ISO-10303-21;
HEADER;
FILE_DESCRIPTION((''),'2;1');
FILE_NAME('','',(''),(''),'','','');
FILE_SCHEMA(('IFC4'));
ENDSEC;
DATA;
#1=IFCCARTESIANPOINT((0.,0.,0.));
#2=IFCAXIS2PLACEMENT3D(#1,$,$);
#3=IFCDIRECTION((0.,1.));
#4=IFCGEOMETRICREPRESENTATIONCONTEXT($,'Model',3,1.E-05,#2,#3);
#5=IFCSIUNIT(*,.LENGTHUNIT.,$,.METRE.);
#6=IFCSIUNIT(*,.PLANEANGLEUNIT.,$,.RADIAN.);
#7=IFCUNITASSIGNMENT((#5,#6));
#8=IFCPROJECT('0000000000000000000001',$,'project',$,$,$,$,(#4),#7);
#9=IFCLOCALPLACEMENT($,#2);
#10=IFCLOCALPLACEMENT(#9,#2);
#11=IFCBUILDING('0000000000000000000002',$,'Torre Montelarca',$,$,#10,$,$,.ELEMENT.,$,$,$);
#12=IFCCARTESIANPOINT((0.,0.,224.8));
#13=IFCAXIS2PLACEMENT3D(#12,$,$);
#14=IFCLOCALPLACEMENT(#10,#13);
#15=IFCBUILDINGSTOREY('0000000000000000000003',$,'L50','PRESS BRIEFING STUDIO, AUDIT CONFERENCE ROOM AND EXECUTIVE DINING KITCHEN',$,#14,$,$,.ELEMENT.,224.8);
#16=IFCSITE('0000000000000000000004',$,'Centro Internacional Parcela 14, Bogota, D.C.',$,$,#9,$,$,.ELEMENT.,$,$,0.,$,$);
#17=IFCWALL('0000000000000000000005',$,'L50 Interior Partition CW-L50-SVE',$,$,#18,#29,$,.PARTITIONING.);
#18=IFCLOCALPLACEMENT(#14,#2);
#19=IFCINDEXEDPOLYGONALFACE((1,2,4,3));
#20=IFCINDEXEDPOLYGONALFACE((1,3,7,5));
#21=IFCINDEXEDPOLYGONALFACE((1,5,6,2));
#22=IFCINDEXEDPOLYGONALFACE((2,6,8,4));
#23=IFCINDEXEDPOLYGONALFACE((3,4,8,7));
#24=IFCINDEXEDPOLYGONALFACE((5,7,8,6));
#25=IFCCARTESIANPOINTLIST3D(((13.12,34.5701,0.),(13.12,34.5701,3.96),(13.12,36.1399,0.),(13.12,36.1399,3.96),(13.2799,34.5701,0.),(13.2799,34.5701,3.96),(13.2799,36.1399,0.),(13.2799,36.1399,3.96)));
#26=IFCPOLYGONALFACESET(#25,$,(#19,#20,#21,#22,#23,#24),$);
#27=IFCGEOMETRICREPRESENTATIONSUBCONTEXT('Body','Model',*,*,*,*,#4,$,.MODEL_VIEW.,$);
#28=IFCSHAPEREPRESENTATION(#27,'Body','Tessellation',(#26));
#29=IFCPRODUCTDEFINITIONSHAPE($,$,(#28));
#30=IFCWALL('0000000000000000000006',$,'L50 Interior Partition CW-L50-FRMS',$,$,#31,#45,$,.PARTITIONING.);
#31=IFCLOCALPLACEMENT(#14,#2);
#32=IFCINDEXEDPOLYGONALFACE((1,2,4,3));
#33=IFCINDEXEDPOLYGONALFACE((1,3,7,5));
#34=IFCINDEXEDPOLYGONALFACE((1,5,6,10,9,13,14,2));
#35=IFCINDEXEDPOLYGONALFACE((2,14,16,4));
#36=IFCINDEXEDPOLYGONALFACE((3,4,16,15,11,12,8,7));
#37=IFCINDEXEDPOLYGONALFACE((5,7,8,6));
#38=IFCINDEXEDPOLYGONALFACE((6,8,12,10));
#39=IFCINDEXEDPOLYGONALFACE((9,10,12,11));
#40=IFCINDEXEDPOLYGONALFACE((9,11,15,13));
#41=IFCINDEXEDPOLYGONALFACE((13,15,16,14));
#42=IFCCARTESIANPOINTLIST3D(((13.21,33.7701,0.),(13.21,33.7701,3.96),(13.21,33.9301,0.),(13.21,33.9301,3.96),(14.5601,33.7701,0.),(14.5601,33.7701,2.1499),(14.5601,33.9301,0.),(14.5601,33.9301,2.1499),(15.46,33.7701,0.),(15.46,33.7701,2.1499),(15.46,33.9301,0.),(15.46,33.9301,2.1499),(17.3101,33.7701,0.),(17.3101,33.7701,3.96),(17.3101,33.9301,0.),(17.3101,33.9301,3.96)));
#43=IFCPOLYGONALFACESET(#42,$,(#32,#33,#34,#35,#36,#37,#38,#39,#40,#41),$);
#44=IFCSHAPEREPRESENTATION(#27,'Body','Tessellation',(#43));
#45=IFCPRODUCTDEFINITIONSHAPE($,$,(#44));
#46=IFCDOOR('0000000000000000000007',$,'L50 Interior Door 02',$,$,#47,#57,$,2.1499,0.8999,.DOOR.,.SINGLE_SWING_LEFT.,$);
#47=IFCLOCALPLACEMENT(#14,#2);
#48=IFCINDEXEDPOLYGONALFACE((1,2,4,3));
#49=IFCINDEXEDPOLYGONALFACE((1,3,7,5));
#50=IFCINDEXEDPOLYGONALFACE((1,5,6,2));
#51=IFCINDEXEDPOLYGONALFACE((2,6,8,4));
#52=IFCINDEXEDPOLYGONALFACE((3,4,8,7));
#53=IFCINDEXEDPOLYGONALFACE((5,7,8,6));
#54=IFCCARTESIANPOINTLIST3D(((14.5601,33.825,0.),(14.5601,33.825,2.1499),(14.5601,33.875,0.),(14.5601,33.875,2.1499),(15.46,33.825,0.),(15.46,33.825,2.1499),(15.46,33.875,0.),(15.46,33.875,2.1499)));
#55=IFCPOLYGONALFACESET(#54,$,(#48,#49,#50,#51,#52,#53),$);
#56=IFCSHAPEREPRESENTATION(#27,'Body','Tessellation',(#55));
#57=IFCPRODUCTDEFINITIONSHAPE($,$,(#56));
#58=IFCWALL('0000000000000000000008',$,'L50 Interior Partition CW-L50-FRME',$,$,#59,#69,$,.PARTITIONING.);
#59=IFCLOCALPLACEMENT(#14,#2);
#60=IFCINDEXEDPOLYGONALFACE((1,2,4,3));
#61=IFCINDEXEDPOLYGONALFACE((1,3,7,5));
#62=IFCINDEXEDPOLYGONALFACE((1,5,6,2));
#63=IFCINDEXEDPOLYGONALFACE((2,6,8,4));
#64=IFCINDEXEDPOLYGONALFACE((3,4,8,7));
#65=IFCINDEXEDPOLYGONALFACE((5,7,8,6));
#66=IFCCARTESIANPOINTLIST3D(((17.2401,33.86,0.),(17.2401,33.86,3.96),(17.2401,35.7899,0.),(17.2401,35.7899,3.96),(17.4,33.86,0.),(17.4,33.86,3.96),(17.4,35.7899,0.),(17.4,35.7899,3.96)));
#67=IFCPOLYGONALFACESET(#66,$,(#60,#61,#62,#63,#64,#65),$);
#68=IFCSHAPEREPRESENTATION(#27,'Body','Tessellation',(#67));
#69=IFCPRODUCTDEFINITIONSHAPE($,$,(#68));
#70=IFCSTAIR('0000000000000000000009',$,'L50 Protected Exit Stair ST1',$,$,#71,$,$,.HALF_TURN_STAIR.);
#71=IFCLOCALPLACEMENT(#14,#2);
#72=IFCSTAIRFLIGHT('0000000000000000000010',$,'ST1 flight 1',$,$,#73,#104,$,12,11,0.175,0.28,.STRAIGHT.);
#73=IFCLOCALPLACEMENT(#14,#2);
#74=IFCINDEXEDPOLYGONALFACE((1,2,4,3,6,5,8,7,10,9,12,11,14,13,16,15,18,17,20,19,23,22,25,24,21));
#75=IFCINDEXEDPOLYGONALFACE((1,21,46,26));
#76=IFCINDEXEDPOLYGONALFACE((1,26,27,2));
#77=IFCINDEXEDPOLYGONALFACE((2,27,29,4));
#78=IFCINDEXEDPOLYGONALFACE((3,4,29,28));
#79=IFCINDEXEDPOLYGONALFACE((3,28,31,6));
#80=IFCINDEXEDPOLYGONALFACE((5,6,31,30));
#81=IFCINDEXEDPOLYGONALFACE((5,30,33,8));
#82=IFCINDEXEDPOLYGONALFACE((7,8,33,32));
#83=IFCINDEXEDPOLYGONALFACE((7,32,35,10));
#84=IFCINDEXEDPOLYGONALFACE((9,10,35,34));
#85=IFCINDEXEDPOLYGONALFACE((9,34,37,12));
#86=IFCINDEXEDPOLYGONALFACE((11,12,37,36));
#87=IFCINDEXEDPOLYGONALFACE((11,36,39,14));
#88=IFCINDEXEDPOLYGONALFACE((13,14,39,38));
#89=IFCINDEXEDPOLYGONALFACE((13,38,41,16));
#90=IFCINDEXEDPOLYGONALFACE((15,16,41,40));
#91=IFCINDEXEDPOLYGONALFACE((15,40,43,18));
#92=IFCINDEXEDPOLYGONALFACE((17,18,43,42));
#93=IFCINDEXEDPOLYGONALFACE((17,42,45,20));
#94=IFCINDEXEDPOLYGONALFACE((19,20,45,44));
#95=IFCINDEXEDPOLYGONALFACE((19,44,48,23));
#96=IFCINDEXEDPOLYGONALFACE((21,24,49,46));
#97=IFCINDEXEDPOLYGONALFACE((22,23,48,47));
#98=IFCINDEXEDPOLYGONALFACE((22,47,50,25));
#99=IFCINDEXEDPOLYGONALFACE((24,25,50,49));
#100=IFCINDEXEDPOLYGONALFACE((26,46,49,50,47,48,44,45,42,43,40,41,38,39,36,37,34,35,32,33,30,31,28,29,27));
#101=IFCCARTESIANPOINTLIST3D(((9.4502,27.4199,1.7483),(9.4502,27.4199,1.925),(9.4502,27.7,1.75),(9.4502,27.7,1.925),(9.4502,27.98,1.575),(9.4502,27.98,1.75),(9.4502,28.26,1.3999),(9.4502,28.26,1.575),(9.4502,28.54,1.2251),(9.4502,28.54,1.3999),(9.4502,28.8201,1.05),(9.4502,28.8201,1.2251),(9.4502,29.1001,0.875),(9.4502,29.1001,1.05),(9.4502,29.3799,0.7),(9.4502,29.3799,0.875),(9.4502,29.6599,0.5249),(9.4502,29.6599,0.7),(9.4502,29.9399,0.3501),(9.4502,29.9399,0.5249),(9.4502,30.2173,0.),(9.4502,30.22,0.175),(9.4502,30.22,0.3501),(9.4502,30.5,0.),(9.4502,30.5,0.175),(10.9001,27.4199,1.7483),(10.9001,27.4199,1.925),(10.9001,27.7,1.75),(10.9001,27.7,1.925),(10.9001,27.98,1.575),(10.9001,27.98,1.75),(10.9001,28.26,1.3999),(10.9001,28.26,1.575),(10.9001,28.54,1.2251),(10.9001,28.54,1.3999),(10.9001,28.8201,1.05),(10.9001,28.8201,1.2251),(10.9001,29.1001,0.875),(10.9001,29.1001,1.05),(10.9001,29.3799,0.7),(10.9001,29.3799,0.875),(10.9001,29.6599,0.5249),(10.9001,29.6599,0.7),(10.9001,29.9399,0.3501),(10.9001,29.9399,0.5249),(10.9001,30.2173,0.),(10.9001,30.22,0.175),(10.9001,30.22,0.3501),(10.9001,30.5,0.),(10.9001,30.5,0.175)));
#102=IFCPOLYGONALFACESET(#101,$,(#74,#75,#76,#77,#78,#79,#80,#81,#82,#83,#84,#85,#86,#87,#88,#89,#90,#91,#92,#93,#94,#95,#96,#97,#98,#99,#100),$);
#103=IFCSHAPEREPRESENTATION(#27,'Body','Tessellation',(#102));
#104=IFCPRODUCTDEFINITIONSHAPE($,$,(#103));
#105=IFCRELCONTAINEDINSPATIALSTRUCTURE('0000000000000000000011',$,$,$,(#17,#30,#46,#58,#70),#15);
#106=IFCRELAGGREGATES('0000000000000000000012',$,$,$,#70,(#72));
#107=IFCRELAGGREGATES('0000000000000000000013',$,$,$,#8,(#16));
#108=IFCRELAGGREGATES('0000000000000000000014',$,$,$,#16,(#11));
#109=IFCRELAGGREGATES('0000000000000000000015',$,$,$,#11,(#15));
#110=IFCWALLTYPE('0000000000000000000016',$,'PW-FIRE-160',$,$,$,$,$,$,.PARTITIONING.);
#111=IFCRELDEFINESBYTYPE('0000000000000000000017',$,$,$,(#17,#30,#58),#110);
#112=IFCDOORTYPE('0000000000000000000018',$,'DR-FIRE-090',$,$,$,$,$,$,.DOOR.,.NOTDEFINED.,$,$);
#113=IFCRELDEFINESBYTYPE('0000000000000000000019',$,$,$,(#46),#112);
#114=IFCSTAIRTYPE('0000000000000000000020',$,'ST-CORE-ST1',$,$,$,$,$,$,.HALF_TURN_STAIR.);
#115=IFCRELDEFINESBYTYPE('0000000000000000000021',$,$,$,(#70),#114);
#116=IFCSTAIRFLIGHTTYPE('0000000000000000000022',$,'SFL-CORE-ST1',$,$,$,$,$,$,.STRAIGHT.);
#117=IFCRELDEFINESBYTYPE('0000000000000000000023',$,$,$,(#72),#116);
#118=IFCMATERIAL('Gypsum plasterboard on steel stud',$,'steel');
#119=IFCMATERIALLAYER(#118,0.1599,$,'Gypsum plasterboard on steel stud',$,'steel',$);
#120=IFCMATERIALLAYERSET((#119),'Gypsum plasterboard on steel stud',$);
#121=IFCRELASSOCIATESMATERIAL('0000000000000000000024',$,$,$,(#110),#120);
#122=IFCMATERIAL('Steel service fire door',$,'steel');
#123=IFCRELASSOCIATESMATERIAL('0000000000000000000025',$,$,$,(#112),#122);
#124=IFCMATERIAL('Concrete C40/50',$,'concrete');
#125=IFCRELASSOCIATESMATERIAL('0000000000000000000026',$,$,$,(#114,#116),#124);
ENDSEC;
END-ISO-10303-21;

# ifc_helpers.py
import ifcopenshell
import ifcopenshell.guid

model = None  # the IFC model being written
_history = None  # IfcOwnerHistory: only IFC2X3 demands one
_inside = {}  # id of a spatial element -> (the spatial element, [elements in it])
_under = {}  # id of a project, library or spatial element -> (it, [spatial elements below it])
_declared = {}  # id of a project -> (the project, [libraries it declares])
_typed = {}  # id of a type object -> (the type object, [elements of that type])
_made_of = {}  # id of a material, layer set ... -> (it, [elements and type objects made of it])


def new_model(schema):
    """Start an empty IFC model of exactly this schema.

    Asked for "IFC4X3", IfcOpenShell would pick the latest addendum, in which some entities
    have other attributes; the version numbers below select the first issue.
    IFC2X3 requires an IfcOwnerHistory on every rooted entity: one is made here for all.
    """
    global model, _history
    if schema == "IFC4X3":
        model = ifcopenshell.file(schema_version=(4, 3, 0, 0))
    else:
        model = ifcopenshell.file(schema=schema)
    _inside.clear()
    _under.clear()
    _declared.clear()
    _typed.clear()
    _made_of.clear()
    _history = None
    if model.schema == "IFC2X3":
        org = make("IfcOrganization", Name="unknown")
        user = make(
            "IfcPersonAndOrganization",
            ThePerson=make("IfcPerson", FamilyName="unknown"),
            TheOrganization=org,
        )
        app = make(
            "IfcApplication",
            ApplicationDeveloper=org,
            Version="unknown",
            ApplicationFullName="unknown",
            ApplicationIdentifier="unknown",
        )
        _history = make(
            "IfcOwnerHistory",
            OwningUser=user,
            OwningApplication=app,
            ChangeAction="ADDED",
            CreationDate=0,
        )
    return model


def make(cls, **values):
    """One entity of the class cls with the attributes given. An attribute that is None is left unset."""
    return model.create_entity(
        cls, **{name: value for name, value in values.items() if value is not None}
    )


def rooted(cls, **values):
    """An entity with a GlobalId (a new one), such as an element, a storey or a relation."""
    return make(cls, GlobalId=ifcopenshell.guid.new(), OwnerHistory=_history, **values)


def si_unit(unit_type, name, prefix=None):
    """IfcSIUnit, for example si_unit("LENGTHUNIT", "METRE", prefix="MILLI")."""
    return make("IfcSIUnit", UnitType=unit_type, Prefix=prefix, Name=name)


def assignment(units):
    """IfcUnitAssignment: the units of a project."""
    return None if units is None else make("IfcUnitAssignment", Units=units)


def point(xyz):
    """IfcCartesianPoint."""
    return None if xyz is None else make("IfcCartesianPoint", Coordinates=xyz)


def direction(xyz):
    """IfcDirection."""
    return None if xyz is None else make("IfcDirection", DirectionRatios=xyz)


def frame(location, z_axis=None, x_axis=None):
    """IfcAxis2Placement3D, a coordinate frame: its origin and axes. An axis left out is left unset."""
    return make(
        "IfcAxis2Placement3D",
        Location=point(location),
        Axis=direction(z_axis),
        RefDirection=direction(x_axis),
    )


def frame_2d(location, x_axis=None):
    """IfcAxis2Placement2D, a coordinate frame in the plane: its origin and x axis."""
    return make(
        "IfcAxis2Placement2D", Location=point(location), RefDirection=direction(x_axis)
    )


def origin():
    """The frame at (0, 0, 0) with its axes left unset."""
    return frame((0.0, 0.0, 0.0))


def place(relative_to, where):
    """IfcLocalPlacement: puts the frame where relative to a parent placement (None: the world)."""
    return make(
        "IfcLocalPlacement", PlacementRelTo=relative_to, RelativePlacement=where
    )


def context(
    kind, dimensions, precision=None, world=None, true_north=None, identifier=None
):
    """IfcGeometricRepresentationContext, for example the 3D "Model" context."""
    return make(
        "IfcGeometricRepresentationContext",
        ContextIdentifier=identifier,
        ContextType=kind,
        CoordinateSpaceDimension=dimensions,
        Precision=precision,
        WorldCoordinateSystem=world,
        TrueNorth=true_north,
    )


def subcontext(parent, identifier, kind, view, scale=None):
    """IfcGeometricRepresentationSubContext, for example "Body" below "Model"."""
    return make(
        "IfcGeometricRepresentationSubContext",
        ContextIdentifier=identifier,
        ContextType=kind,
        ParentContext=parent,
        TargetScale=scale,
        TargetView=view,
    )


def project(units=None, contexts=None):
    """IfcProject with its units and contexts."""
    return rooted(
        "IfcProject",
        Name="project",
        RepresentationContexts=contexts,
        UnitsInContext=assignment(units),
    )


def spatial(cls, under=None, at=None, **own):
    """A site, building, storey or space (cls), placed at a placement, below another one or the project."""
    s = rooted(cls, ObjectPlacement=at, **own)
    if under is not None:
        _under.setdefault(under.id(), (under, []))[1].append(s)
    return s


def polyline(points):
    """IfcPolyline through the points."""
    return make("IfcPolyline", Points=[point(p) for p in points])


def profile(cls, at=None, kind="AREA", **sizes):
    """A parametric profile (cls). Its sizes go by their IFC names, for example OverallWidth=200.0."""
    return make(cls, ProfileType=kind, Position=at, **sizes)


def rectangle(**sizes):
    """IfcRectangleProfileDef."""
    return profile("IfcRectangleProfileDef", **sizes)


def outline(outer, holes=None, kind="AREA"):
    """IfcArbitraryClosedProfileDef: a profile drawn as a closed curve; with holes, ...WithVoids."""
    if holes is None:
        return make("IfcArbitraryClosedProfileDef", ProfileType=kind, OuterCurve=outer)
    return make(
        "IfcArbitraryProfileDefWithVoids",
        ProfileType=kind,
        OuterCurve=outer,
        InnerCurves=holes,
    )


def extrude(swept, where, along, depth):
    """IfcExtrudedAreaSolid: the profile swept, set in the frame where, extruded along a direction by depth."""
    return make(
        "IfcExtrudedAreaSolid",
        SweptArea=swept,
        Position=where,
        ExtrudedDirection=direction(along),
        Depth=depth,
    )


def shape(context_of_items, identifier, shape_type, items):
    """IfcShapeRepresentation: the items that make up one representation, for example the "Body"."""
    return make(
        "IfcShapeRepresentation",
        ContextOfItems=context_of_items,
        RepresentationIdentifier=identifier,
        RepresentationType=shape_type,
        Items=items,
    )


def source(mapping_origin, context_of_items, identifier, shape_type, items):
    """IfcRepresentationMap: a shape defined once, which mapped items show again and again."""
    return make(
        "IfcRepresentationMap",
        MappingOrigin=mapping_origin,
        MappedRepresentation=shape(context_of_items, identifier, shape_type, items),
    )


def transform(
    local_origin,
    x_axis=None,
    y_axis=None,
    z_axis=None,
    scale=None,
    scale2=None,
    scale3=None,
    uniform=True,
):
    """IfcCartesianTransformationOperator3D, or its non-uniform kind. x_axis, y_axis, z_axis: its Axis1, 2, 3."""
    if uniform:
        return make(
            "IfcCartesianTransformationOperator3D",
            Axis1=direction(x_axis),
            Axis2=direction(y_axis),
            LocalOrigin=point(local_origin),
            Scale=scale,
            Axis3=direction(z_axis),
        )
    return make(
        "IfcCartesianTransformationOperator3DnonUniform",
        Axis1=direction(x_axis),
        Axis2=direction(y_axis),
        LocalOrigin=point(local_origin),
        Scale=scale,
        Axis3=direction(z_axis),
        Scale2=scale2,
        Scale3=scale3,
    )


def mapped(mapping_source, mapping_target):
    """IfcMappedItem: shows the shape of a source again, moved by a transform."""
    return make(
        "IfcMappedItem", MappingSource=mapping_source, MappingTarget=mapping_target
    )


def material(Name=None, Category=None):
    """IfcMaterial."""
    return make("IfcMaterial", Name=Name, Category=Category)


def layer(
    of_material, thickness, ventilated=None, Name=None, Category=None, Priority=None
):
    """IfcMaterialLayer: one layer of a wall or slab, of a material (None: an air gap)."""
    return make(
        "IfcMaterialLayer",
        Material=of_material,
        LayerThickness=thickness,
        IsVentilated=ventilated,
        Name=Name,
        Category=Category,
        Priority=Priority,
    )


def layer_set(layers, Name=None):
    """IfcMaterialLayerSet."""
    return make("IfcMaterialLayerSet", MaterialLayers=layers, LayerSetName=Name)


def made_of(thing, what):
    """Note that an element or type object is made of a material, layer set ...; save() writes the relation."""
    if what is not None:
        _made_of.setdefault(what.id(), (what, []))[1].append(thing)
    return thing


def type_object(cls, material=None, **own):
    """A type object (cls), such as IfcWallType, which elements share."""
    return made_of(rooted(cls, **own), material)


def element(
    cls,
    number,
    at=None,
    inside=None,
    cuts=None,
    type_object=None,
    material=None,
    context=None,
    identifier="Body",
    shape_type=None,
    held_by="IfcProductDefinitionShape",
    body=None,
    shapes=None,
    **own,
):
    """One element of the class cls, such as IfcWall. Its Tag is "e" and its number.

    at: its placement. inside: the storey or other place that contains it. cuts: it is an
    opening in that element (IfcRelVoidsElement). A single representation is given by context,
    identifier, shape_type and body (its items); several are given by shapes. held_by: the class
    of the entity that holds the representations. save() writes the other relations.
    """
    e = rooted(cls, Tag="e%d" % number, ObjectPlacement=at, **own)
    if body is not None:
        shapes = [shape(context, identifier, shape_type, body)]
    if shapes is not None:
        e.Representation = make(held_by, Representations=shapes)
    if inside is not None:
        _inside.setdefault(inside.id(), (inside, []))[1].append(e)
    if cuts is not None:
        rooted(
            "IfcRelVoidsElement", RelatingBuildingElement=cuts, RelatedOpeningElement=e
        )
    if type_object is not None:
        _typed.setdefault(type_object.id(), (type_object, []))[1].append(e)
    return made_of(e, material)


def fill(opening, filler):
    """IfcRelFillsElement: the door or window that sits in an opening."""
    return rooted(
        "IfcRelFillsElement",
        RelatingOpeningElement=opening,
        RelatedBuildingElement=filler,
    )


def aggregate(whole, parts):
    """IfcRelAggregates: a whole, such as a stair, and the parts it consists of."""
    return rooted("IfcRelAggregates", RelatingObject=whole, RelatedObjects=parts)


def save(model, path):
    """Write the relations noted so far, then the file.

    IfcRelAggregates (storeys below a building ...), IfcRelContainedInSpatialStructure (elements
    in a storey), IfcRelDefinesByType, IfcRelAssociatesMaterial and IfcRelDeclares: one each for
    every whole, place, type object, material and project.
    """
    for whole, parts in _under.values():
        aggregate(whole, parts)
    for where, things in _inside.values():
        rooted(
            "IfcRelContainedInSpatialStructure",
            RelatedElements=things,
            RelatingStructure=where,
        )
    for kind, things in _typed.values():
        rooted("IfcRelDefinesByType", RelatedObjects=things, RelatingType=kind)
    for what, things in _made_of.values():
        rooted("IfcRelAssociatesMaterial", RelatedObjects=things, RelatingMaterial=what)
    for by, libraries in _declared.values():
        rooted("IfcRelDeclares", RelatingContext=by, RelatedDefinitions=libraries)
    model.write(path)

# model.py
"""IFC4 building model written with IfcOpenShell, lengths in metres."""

from ifc_helpers import new_model, si_unit, direction, frame, frame_2d, origin, place, context, subcontext, project, spatial, polyline, rectangle, outline, extrude, source, transform, mapped, material, layer, layer_set, type_object, element, fill, aggregate, save


model = new_model("IFC4")

# Units and contexts
model_context = context("Model", 3, precision=1e-05, world=origin(), true_north=direction((0.0, 1.0)))
body_context = subcontext(model_context, "Body", "Model", "MODEL_VIEW")
ifc_project = project(units=[si_unit("LENGTHUNIT", "METRE"), si_unit("PLANEANGLEUNIT", "RADIAN")], contexts=[model_context])

# Site, building, storey
site_placement = place(None, origin())
site = spatial("IfcSite", under=ifc_project, at=site_placement, Name="Centro Internacional Parcela 14, Bogota, D.C.", CompositionType="ELEMENT", RefElevation=0.0)
building_placement = place(site_placement, origin())
building = spatial("IfcBuilding", under=site, at=building_placement, Name="Torre Montelarca", CompositionType="ELEMENT")
storey_placement = place(building_placement, frame((0.0, 0.0, 224.8)))
storey = spatial("IfcBuildingStorey", under=building, at=storey_placement, Name="L50", Description="PRESS BRIEFING STUDIO, AUDIT CONFERENCE ROOM AND EXECUTIVE DINING KITCHEN", CompositionType="ELEMENT", Elevation=224.8)

# Shared definitions
ifc_material_1 = material(Name="Concrete C40/50", Category="concrete")

# Shared definitions
ifc_material_2 = material(Name="Gypsum plasterboard on steel stud", Category="steel")
ifc_layer_1 = layer(ifc_material_2, 0.1599, Name="Gypsum plasterboard on steel stud", Category="steel")
ifc_layer_set_1 = layer_set([ifc_layer_1], Name="Gypsum plasterboard on steel stud")
wall_type_1 = type_object("IfcWallType", Name="PW-FIRE-160", PredefinedType="PARTITIONING", material=ifc_layer_set_1)
ifc_material_3 = material(Name="Steel service fire door", Category="steel")
door_type_1 = type_object("IfcDoorType", Name="DR-FIRE-090", OperationType="NOTDEFINED", PredefinedType="DOOR", material=ifc_material_3)
shared_shape_1 = source(origin(), body_context, "Body", "SweptSolid", [
    extrude(rectangle(XDim=0.8999, YDim=2.1499, at=frame_2d((0.45, 1.075))), frame((0.0, 0.0249, 0.0), z_axis=(0.0, -1.0, 0.0), x_axis=(1.0, 0.0, 0.0)), (0.0, 0.0, 1.0), 0.05),
])

# Wall
wall_1_placement = place(storey_placement, frame((13.2, 34.5701, 0.0), z_axis=(0.0, 0.0, 1.0), x_axis=(0.0, 1.0, 0.0)))
element("IfcWall", 1, at=wall_1_placement, inside=storey, type_object=wall_type_1, Name="L50 Interior Partition CW-L50-SVE", PredefinedType="PARTITIONING", context=body_context, shape_type="SweptSolid", body=[
    extrude(rectangle(XDim=1.5698, YDim=0.1599, at=frame_2d((0.7849, 0.0))), origin(), (0.0, 0.0, 1.0), 3.96),
])

# Wall, opening, door
wall_2_placement = place(storey_placement, frame((13.21, 33.8501, 0.0), z_axis=(0.0, 0.0, 1.0), x_axis=(1.0, 0.0, 0.0)))
wall_2 = element("IfcWall", 2, at=wall_2_placement, inside=storey, type_object=wall_type_1, Name="L50 Interior Partition CW-L50-FRMS", PredefinedType="PARTITIONING", context=body_context, shape_type="SweptSolid", body=[
    extrude(rectangle(XDim=4.1001, YDim=0.1599, at=frame_2d((2.05, 0.0))), origin(), (0.0, 0.0, 1.0), 3.96),
])
opening_1_placement = place(wall_2_placement, frame((1.3501, 0.0, 0.0)))
opening_1 = element("IfcOpeningElement", 3, at=opening_1_placement, cuts=wall_2, PredefinedType="OPENING", context=body_context, shape_type="SweptSolid", body=[
    extrude(rectangle(XDim=0.8999, YDim=2.1499, at=frame_2d((0.45, 1.075))), frame((0.0, 0.0898, 0.0), z_axis=(0.0, -1.0, 0.0), x_axis=(1.0, 0.0, 0.0)), (0.0, 0.0, 1.0), 0.1799),
])
door_1_placement = place(opening_1_placement, origin())
door_1 = element("IfcDoor", 4, at=door_1_placement, inside=storey, type_object=door_type_1, Name="L50 Interior Door 02", OperationType="SINGLE_SWING_LEFT", OverallHeight=2.1499, OverallWidth=0.8999, PredefinedType="DOOR", context=body_context, shape_type="MappedRepresentation", body=[
    mapped(shared_shape_1, transform((0.0, 0.0, 0.0), scale=1.0)),
])
fill(opening_1, door_1)

# Wall
wall_3_placement = place(storey_placement, frame((17.3201, 33.8601, 0.0), z_axis=(0.0, 0.0, 1.0), x_axis=(0.0, 1.0, 0.0)))
element("IfcWall", 5, at=wall_3_placement, inside=storey, type_object=wall_type_1, Name="L50 Interior Partition CW-L50-FRME", PredefinedType="PARTITIONING", context=body_context, shape_type="SweptSolid", body=[
    extrude(rectangle(XDim=1.9299, YDim=0.1599, at=frame_2d((0.9648, 0.0))), origin(), (0.0, 0.0, 1.0), 3.96),
])

# Stair, stair flight
stair_type = type_object("IfcStairType", Name="ST-CORE-ST1", PredefinedType="HALF_TURN_STAIR", material=ifc_material_1)
stair_placement = place(storey_placement, origin())
stair = element("IfcStair", 6, at=stair_placement, inside=storey, type_object=stair_type, Name="L50 Protected Exit Stair ST1", PredefinedType="HALF_TURN_STAIR")
stair_flight_type = type_object("IfcStairFlightType", Name="SFL-CORE-ST1", PredefinedType="STRAIGHT", material=ifc_material_1)
stair_flight_placement = place(storey_placement, frame((10.175, 30.5, 0.0), z_axis=(0.0, 0.0, 1.0), x_axis=(0.0, -1.0, 0.0)))
stair_flight = element("IfcStairFlight", 7, at=stair_flight_placement, type_object=stair_flight_type, Name="ST1 flight 1", NumberOfRisers=12, NumberOfTreads=11, PredefinedType="STRAIGHT", RiserHeight=0.175, TreadLength=0.28, context=body_context, shape_type="SweptSolid", body=[
    extrude(outline(polyline([(0.0, 0.0), (0.0, 0.175), (0.28, 0.175), (0.28, 0.3501), (0.5601, 0.3501), (0.5601, 0.5249), (0.8401, 0.5249), (0.8401, 0.7), (1.1201, 0.7), (1.1201, 0.875), (1.3999, 0.875), (1.3999, 1.05), (1.6799, 1.05), (1.6799, 1.2251), (1.96, 1.2251), (1.96, 1.3999), (2.24, 1.3999), (2.24, 1.575), (2.52, 1.575), (2.52, 1.75), (2.8, 1.75), (2.8, 1.925), (3.0801, 1.925), (3.0801, 2.1001), (3.0801, 1.7483), (0.2827, 0.0), (0.0, 0.0)])), frame((0.0, 0.7251, 0.0), z_axis=(0.0, -1.0, 0.0), x_axis=(1.0, 0.0, 0.0)), (0.0, 0.0, 1.0), 1.45),
])
aggregate(stair, [stair_flight])

save(model, "model.ifc")
